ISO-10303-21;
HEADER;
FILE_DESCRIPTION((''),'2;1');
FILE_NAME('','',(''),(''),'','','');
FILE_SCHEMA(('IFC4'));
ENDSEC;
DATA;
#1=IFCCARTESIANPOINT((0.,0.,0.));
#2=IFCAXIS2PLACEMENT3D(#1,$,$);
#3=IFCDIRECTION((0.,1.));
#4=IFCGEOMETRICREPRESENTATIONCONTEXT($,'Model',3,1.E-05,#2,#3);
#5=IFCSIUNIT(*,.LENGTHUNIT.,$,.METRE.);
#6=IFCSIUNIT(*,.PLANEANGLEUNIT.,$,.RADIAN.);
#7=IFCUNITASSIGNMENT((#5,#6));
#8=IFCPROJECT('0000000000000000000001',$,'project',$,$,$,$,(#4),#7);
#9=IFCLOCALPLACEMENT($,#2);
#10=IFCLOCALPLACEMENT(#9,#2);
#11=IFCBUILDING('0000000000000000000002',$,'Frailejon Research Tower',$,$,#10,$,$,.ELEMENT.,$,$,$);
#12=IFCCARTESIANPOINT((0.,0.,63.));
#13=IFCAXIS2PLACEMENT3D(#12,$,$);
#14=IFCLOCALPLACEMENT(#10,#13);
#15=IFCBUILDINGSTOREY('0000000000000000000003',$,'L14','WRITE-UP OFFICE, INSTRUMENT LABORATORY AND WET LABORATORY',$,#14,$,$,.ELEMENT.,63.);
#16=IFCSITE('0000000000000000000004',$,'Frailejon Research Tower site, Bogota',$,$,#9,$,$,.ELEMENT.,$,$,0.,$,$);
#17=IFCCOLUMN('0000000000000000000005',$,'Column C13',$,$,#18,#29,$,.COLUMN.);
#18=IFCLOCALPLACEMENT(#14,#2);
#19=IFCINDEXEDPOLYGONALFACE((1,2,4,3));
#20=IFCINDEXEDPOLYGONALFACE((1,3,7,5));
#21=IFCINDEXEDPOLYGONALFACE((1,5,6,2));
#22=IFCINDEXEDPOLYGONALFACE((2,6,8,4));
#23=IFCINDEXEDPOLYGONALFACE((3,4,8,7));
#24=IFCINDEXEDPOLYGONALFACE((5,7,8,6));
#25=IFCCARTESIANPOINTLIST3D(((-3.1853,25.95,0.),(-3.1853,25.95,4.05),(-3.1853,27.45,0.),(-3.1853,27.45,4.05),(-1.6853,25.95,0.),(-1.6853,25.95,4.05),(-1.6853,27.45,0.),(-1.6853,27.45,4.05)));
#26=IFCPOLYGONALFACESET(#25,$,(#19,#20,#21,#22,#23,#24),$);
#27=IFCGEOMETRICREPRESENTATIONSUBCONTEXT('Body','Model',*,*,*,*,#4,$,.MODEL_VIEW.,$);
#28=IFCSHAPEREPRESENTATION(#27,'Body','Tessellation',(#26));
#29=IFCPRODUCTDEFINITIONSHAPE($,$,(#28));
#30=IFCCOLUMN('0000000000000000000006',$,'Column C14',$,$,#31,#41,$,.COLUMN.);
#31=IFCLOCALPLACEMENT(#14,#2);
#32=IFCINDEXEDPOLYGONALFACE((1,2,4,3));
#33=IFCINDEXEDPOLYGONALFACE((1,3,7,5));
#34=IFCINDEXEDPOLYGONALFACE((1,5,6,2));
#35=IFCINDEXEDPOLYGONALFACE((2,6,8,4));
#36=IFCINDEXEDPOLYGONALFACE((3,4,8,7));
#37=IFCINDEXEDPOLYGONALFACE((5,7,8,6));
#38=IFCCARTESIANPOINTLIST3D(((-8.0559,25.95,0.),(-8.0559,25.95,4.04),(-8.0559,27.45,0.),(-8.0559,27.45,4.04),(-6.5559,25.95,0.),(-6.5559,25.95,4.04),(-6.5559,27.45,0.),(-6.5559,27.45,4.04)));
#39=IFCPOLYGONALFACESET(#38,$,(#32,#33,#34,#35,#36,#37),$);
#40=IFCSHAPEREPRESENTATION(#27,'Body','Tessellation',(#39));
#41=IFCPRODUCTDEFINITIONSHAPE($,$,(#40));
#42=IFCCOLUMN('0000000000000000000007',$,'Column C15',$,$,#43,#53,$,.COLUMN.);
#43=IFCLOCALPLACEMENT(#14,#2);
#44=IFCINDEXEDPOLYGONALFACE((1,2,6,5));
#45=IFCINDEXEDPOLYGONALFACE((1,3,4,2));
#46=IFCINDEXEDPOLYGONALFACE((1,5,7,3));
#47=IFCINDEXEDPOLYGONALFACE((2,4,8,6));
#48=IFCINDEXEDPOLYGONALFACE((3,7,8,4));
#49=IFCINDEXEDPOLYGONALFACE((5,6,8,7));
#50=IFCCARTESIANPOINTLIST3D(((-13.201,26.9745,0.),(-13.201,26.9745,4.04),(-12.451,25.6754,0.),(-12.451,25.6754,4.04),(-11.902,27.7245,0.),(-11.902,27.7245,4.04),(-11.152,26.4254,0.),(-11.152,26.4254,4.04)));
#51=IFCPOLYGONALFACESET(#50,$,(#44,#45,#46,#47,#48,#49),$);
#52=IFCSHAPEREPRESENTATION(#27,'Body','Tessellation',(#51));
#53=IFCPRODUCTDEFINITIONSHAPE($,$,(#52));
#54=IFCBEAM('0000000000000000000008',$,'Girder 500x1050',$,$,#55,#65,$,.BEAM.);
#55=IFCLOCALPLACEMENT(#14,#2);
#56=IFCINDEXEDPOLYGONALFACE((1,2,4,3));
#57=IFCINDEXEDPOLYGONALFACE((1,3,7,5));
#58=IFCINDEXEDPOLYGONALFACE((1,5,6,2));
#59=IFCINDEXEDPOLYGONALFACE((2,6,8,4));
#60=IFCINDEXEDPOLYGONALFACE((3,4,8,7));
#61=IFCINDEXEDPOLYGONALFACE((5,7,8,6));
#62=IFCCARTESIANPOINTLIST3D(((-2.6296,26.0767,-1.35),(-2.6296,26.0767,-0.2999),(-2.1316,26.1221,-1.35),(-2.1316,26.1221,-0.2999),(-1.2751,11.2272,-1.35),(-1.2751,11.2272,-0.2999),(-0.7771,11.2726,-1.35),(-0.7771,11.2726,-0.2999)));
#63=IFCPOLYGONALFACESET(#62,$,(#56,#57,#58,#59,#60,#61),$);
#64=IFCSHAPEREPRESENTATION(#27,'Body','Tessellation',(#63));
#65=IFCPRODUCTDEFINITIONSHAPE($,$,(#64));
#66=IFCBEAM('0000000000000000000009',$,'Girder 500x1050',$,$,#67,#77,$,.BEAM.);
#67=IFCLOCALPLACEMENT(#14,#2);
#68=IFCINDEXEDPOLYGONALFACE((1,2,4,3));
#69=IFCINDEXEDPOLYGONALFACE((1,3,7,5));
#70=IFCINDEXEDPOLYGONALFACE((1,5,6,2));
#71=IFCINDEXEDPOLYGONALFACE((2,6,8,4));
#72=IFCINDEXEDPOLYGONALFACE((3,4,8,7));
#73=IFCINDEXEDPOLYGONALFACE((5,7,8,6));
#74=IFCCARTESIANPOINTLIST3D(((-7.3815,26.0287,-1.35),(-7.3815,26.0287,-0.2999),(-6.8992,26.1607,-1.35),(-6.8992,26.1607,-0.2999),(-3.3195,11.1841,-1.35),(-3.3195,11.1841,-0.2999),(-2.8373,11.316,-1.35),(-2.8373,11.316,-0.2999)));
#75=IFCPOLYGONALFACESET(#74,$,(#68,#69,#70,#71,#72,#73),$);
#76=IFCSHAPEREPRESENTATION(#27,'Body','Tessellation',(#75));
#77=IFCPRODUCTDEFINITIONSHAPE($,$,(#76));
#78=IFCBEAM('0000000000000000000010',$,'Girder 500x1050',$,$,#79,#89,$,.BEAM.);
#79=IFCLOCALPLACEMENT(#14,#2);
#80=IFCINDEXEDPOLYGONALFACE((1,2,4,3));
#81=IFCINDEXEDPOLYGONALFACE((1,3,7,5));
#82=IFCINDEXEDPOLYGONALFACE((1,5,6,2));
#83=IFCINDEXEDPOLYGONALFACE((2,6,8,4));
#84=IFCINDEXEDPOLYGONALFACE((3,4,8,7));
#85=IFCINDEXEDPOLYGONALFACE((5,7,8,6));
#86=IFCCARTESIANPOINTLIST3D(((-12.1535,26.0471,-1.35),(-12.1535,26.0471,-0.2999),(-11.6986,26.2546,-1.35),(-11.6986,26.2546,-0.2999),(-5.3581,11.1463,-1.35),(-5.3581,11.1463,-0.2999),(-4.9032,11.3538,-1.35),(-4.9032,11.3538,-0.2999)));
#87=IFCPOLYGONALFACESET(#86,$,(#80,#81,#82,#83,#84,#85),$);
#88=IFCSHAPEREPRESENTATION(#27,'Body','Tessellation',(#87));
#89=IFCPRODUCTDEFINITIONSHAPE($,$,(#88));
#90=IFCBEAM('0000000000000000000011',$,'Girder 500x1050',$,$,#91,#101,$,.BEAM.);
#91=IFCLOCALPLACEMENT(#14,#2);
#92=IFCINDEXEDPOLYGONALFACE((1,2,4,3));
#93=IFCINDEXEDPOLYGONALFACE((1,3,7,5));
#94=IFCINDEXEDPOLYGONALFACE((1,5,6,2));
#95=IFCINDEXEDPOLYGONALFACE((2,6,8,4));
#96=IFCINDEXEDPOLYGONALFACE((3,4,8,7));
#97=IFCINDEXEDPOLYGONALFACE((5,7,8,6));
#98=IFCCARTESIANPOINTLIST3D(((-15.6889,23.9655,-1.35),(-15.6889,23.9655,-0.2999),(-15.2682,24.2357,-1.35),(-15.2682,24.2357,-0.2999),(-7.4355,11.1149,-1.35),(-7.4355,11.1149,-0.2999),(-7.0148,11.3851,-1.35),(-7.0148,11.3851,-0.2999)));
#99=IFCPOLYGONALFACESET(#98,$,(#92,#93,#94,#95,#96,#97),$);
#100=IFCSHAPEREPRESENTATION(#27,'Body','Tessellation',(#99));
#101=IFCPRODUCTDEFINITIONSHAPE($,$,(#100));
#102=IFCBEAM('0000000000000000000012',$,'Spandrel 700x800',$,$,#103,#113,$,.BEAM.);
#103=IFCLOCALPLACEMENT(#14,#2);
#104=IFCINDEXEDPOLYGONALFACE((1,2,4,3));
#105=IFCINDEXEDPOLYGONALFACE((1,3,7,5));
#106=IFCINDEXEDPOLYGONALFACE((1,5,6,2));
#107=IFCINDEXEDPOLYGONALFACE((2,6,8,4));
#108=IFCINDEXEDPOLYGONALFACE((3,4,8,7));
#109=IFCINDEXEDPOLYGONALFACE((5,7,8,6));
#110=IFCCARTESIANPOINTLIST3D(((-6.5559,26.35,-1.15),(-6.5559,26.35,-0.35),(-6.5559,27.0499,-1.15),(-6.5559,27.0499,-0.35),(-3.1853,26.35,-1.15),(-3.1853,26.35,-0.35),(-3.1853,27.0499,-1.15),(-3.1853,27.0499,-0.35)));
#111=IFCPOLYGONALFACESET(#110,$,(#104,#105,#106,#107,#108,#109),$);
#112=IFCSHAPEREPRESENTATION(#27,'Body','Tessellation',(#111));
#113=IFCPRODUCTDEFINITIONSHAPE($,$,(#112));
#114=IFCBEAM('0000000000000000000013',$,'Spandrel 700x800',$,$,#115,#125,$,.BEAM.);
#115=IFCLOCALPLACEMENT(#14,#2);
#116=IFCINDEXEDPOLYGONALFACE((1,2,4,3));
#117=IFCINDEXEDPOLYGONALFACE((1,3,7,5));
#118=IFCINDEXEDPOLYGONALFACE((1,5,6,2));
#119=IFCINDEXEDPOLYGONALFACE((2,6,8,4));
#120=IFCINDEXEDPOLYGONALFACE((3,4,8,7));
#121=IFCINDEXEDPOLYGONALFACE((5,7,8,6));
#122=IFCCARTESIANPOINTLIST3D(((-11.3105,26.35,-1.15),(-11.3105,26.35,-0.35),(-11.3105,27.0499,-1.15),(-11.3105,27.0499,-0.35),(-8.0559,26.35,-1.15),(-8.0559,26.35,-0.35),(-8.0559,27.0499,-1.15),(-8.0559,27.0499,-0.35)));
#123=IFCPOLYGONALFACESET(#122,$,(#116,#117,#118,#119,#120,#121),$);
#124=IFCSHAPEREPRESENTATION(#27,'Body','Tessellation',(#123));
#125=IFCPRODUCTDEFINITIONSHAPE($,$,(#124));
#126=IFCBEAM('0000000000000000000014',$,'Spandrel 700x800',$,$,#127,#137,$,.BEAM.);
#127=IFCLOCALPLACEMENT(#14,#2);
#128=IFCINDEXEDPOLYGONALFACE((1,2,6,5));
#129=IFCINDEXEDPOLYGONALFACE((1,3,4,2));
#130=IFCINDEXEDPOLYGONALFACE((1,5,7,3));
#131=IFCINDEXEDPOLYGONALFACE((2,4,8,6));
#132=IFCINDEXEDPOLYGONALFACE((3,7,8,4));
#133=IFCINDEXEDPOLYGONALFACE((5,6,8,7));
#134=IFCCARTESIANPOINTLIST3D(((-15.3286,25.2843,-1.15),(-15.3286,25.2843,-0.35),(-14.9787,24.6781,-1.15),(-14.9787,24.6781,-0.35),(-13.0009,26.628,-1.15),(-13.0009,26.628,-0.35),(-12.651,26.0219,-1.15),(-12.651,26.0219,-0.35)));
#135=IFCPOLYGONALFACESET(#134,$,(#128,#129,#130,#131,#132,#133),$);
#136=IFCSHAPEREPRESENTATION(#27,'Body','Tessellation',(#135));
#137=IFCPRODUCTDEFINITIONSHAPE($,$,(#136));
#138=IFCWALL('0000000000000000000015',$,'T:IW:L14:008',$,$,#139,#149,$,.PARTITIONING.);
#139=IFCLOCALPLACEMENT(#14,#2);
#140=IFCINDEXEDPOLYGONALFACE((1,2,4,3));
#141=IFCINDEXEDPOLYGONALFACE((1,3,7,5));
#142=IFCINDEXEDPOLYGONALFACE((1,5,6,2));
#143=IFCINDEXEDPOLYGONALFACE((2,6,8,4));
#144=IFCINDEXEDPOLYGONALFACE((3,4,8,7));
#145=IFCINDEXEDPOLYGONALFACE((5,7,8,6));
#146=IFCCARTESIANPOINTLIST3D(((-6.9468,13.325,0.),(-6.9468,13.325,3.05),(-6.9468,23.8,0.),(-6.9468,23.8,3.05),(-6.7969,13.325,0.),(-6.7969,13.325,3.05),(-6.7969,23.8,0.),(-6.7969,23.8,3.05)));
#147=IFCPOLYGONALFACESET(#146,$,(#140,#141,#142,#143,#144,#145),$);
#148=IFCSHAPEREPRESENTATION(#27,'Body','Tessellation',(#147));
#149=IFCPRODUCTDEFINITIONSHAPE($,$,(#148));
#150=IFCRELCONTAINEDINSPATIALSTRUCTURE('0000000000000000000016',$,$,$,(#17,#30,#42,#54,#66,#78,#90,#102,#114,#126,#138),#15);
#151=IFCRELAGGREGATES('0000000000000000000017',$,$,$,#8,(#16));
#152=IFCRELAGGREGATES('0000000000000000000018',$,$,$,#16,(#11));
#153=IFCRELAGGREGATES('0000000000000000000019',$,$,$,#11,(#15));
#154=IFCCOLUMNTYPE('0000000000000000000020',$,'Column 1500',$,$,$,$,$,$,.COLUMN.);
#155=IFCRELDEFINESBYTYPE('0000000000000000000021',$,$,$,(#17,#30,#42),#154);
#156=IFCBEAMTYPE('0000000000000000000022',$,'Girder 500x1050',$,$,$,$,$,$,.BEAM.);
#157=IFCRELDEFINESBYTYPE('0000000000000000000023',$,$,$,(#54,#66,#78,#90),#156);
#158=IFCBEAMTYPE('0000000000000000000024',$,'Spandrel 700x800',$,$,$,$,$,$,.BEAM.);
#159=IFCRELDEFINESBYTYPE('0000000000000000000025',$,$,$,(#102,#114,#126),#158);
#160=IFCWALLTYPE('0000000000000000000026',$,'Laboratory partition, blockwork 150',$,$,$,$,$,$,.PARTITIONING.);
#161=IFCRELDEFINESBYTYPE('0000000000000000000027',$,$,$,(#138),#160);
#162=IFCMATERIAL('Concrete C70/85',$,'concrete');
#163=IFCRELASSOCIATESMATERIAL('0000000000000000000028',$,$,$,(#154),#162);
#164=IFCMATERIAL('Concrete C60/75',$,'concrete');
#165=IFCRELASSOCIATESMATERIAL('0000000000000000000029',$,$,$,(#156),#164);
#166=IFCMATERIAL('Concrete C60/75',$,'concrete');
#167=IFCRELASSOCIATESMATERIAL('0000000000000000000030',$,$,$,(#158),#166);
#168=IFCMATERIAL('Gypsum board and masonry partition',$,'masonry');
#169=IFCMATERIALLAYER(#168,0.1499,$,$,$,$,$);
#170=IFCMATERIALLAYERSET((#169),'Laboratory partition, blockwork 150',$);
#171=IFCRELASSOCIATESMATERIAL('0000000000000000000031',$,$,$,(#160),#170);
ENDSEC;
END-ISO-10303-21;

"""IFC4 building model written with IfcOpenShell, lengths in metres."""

from ifc_helpers import new_model, si_unit, direction, frame, frame_2d, origin, origin_2d, place, context, subcontext, project, spatial, rectangle, extrude, material, layer, layer_set, material_profile, profile_set, type_object, element, save


model = new_model("IFC4")

# Units and contexts
model_context = context("Model", 3, precision=1e-05, world=origin(), true_north=direction((0.0, 1.0)))
body_context = subcontext(model_context, "Body", "Model", "MODEL_VIEW")
ifc_project = project(units=[si_unit("LENGTHUNIT", "METRE"), si_unit("PLANEANGLEUNIT", "RADIAN")], contexts=[model_context])

# Site, building, storey
site_placement = place(None, origin())
site = spatial("IfcSite", under=ifc_project, at=site_placement, Name="Frailejon Research Tower site, Bogota", CompositionType="ELEMENT", RefElevation=0.0)
building_placement = place(site_placement, origin())
building = spatial("IfcBuilding", under=site, at=building_placement, Name="Frailejon Research Tower", CompositionType="ELEMENT")
storey_placement = place(building_placement, frame((0.0, 0.0, 63.0)))
storey = spatial("IfcBuildingStorey", under=building, at=storey_placement, Name="L14", Description="WRITE-UP OFFICE, INSTRUMENT LABORATORY AND WET LABORATORY", CompositionType="ELEMENT", Elevation=63.0)

# Columns
ifc_material_1 = material(Name="Concrete C70/85", Category="concrete")
ifc_material_profile_1 = material_profile(ifc_material_1, rectangle(XDim=1.5, YDim=1.5, at=origin_2d()), Name="Column 1500")
ifc_profile_set_1 = profile_set([ifc_material_profile_1], Name="Concrete C70/85")
column_type = type_object("IfcColumnType", Name="Column 1500", PredefinedType="COLUMN", material=ifc_profile_set_1)
column_placement = place(storey_placement, frame((-2.4353, 26.7, 0.0), z_axis=(0.0, 0.0, 1.0), x_axis=(-1.0, 0.0, 0.0)))
element("IfcColumn", 1, at=column_placement, inside=storey, type_object=column_type, Name="Column C13", PredefinedType="COLUMN", context=body_context, shape_type="SweptSolid", body=[
    extrude(rectangle(XDim=1.5, YDim=1.5, at=origin_2d()), origin(), (0.0, 0.0, 1.0), 4.05),
])
for number, where, z_axis, x_axis, name in (
    (2, (-7.3059, 26.7, 0.0), (0.0, 0.0, 1.0), (-1.0, 0.0, 0.0), "Column C14"),
    (3, (-12.1765, 26.7, 0.0), (0.0, 0.0, 1.0), (-0.866025, -0.5, 0.0), "Column C15"),
):
    element("IfcColumn", number, at=place(storey_placement, frame(where, z_axis=z_axis, x_axis=x_axis)), inside=storey, type_object=column_type, Name=name, PredefinedType="COLUMN", context=body_context, shape_type="SweptSolid", body=[
        extrude(rectangle(XDim=1.5, YDim=1.5, at=origin_2d()), origin(), (0.0, 0.0, 1.0), 4.04),
    ])

# Beams
ifc_material_2 = material(Name="Concrete C60/75", Category="concrete")
ifc_material_profile_2 = material_profile(ifc_material_2, rectangle(XDim=0.5, YDim=1.05, at=origin_2d()), Name="Girder 500x1050")
ifc_profile_set_2 = profile_set([ifc_material_profile_2], Name="Concrete C60/75")
beam_type_1 = type_object("IfcBeamType", Name="Girder 500x1050", PredefinedType="BEAM", material=ifc_profile_set_2)
beam_1_placement = place(storey_placement, frame((-2.3806, 26.0994, -0.825), z_axis=(0.090838, -0.995866, 0.0), x_axis=(0.995866, 0.090838, 0.0)))
element("IfcBeam", 4, at=beam_1_placement, inside=storey, type_object=beam_type_1, Name="Girder 500x1050", PredefinedType="BEAM", context=body_context, shape_type="SweptSolid", body=[
    extrude(rectangle(XDim=0.5, YDim=1.05, at=origin_2d()), origin(), (0.0, 0.0, 1.0), 14.9111),
])
beam_2_placement = place(storey_placement, frame((-7.1404, 26.0947, -0.825), z_axis=(0.263931, -0.964542, 0.0), x_axis=(0.964542, 0.263931, 0.0)))
element("IfcBeam", 5, at=beam_2_placement, inside=storey, type_object=beam_type_1, Name="Girder 500x1050", PredefinedType="BEAM", context=body_context, shape_type="SweptSolid", body=[
    extrude(rectangle(XDim=0.5, YDim=1.05, at=origin_2d()), origin(), (0.0, 0.0, 1.0), 15.3904),
])
beam_3_placement = place(storey_placement, frame((-11.926, 26.1509, -0.825), z_axis=(0.41493, -0.909853, 0.0), x_axis=(0.909853, 0.41493, 0.0)))
element("IfcBeam", 6, at=beam_3_placement, inside=storey, type_object=beam_type_1, Name="Girder 500x1050", PredefinedType="BEAM", context=body_context, shape_type="SweptSolid", body=[
    extrude(rectangle(XDim=0.5, YDim=1.05, at=origin_2d()), origin(), (0.0, 0.0, 1.0), 16.3772),
])
beam_4_placement = place(storey_placement, frame((-15.4785, 24.1006, -0.825), z_axis=(0.540402, -0.841407, 0.0), x_axis=(0.841407, 0.540402, 0.0)))
element("IfcBeam", 7, at=beam_4_placement, inside=storey, type_object=beam_type_1, Name="Girder 500x1050", PredefinedType="BEAM", context=body_context, shape_type="SweptSolid", body=[
    extrude(rectangle(XDim=0.5, YDim=1.05, at=origin_2d()), origin(), (0.0, 0.0, 1.0), 15.2727),
])
ifc_material_3 = material(Name="Concrete C60/75", Category="concrete")
ifc_material_profile_3 = material_profile(ifc_material_3, rectangle(XDim=0.7, YDim=0.8, at=origin_2d()), Name="Spandrel 700x800")
ifc_profile_set_3 = profile_set([ifc_material_profile_3], Name="Concrete C60/75")
beam_type_2 = type_object("IfcBeamType", Name="Spandrel 700x800", PredefinedType="BEAM", material=ifc_profile_set_3)
beam_5_placement = place(storey_placement, frame((-3.1853, 26.7, -0.75), z_axis=(-1.0, 0.0, 0.0), x_axis=(0.0, -1.0, 0.0)))
element("IfcBeam", 8, at=beam_5_placement, inside=storey, type_object=beam_type_2, Name="Spandrel 700x800", PredefinedType="BEAM", context=body_context, shape_type="SweptSolid", body=[
    extrude(rectangle(XDim=0.7, YDim=0.8, at=origin_2d()), origin(), (0.0, 0.0, 1.0), 3.3706),
])
beam_6_placement = place(storey_placement, frame((-8.0559, 26.7, -0.75), z_axis=(-1.0, 0.0, 0.0), x_axis=(0.0, -1.0, 0.0)))
element("IfcBeam", 9, at=beam_6_placement, inside=storey, type_object=beam_type_2, Name="Spandrel 700x800", PredefinedType="BEAM", context=body_context, shape_type="SweptSolid", body=[
    extrude(rectangle(XDim=0.7, YDim=0.8, at=origin_2d()), origin(), (0.0, 0.0, 1.0), 3.2546),
])
beam_7_placement = place(storey_placement, frame((-12.8259, 26.325, -0.75), z_axis=(-0.866043, -0.499969, 0.0), x_axis=(0.499969, -0.866043, 0.0)))
element("IfcBeam", 10, at=beam_7_placement, inside=storey, type_object=beam_type_2, Name="Spandrel 700x800", PredefinedType="BEAM", context=body_context, shape_type="SweptSolid", body=[
    extrude(rectangle(XDim=0.7, YDim=0.8, at=origin_2d()), origin(), (0.0, 0.0, 1.0), 2.6877),
])

# Wall
ifc_material_4 = material(Name="Gypsum board and masonry partition", Category="masonry")
ifc_layer_1 = layer(ifc_material_4, 0.1499)
ifc_layer_set_1 = layer_set([ifc_layer_1], Name="Laboratory partition, blockwork 150")
wall_type_1 = type_object("IfcWallType", Name="Laboratory partition, blockwork 150", PredefinedType="PARTITIONING", material=ifc_layer_set_1)
wall_1_placement = place(storey_placement, frame((-6.8718, 13.325, 0.0), z_axis=(0.0, 0.0, 1.0), x_axis=(0.0, 1.0, 0.0)))
element("IfcWall", 11, at=wall_1_placement, inside=storey, type_object=wall_type_1, Name="T:IW:L14:008", PredefinedType="PARTITIONING", context=body_context, shape_type="SweptSolid", body=[
    extrude(rectangle(XDim=10.4751, YDim=0.1499, at=frame_2d((5.2375, 0.0))), origin(), (0.0, 0.0, 1.0), 3.05),
])

save(model, "model.ifc")
